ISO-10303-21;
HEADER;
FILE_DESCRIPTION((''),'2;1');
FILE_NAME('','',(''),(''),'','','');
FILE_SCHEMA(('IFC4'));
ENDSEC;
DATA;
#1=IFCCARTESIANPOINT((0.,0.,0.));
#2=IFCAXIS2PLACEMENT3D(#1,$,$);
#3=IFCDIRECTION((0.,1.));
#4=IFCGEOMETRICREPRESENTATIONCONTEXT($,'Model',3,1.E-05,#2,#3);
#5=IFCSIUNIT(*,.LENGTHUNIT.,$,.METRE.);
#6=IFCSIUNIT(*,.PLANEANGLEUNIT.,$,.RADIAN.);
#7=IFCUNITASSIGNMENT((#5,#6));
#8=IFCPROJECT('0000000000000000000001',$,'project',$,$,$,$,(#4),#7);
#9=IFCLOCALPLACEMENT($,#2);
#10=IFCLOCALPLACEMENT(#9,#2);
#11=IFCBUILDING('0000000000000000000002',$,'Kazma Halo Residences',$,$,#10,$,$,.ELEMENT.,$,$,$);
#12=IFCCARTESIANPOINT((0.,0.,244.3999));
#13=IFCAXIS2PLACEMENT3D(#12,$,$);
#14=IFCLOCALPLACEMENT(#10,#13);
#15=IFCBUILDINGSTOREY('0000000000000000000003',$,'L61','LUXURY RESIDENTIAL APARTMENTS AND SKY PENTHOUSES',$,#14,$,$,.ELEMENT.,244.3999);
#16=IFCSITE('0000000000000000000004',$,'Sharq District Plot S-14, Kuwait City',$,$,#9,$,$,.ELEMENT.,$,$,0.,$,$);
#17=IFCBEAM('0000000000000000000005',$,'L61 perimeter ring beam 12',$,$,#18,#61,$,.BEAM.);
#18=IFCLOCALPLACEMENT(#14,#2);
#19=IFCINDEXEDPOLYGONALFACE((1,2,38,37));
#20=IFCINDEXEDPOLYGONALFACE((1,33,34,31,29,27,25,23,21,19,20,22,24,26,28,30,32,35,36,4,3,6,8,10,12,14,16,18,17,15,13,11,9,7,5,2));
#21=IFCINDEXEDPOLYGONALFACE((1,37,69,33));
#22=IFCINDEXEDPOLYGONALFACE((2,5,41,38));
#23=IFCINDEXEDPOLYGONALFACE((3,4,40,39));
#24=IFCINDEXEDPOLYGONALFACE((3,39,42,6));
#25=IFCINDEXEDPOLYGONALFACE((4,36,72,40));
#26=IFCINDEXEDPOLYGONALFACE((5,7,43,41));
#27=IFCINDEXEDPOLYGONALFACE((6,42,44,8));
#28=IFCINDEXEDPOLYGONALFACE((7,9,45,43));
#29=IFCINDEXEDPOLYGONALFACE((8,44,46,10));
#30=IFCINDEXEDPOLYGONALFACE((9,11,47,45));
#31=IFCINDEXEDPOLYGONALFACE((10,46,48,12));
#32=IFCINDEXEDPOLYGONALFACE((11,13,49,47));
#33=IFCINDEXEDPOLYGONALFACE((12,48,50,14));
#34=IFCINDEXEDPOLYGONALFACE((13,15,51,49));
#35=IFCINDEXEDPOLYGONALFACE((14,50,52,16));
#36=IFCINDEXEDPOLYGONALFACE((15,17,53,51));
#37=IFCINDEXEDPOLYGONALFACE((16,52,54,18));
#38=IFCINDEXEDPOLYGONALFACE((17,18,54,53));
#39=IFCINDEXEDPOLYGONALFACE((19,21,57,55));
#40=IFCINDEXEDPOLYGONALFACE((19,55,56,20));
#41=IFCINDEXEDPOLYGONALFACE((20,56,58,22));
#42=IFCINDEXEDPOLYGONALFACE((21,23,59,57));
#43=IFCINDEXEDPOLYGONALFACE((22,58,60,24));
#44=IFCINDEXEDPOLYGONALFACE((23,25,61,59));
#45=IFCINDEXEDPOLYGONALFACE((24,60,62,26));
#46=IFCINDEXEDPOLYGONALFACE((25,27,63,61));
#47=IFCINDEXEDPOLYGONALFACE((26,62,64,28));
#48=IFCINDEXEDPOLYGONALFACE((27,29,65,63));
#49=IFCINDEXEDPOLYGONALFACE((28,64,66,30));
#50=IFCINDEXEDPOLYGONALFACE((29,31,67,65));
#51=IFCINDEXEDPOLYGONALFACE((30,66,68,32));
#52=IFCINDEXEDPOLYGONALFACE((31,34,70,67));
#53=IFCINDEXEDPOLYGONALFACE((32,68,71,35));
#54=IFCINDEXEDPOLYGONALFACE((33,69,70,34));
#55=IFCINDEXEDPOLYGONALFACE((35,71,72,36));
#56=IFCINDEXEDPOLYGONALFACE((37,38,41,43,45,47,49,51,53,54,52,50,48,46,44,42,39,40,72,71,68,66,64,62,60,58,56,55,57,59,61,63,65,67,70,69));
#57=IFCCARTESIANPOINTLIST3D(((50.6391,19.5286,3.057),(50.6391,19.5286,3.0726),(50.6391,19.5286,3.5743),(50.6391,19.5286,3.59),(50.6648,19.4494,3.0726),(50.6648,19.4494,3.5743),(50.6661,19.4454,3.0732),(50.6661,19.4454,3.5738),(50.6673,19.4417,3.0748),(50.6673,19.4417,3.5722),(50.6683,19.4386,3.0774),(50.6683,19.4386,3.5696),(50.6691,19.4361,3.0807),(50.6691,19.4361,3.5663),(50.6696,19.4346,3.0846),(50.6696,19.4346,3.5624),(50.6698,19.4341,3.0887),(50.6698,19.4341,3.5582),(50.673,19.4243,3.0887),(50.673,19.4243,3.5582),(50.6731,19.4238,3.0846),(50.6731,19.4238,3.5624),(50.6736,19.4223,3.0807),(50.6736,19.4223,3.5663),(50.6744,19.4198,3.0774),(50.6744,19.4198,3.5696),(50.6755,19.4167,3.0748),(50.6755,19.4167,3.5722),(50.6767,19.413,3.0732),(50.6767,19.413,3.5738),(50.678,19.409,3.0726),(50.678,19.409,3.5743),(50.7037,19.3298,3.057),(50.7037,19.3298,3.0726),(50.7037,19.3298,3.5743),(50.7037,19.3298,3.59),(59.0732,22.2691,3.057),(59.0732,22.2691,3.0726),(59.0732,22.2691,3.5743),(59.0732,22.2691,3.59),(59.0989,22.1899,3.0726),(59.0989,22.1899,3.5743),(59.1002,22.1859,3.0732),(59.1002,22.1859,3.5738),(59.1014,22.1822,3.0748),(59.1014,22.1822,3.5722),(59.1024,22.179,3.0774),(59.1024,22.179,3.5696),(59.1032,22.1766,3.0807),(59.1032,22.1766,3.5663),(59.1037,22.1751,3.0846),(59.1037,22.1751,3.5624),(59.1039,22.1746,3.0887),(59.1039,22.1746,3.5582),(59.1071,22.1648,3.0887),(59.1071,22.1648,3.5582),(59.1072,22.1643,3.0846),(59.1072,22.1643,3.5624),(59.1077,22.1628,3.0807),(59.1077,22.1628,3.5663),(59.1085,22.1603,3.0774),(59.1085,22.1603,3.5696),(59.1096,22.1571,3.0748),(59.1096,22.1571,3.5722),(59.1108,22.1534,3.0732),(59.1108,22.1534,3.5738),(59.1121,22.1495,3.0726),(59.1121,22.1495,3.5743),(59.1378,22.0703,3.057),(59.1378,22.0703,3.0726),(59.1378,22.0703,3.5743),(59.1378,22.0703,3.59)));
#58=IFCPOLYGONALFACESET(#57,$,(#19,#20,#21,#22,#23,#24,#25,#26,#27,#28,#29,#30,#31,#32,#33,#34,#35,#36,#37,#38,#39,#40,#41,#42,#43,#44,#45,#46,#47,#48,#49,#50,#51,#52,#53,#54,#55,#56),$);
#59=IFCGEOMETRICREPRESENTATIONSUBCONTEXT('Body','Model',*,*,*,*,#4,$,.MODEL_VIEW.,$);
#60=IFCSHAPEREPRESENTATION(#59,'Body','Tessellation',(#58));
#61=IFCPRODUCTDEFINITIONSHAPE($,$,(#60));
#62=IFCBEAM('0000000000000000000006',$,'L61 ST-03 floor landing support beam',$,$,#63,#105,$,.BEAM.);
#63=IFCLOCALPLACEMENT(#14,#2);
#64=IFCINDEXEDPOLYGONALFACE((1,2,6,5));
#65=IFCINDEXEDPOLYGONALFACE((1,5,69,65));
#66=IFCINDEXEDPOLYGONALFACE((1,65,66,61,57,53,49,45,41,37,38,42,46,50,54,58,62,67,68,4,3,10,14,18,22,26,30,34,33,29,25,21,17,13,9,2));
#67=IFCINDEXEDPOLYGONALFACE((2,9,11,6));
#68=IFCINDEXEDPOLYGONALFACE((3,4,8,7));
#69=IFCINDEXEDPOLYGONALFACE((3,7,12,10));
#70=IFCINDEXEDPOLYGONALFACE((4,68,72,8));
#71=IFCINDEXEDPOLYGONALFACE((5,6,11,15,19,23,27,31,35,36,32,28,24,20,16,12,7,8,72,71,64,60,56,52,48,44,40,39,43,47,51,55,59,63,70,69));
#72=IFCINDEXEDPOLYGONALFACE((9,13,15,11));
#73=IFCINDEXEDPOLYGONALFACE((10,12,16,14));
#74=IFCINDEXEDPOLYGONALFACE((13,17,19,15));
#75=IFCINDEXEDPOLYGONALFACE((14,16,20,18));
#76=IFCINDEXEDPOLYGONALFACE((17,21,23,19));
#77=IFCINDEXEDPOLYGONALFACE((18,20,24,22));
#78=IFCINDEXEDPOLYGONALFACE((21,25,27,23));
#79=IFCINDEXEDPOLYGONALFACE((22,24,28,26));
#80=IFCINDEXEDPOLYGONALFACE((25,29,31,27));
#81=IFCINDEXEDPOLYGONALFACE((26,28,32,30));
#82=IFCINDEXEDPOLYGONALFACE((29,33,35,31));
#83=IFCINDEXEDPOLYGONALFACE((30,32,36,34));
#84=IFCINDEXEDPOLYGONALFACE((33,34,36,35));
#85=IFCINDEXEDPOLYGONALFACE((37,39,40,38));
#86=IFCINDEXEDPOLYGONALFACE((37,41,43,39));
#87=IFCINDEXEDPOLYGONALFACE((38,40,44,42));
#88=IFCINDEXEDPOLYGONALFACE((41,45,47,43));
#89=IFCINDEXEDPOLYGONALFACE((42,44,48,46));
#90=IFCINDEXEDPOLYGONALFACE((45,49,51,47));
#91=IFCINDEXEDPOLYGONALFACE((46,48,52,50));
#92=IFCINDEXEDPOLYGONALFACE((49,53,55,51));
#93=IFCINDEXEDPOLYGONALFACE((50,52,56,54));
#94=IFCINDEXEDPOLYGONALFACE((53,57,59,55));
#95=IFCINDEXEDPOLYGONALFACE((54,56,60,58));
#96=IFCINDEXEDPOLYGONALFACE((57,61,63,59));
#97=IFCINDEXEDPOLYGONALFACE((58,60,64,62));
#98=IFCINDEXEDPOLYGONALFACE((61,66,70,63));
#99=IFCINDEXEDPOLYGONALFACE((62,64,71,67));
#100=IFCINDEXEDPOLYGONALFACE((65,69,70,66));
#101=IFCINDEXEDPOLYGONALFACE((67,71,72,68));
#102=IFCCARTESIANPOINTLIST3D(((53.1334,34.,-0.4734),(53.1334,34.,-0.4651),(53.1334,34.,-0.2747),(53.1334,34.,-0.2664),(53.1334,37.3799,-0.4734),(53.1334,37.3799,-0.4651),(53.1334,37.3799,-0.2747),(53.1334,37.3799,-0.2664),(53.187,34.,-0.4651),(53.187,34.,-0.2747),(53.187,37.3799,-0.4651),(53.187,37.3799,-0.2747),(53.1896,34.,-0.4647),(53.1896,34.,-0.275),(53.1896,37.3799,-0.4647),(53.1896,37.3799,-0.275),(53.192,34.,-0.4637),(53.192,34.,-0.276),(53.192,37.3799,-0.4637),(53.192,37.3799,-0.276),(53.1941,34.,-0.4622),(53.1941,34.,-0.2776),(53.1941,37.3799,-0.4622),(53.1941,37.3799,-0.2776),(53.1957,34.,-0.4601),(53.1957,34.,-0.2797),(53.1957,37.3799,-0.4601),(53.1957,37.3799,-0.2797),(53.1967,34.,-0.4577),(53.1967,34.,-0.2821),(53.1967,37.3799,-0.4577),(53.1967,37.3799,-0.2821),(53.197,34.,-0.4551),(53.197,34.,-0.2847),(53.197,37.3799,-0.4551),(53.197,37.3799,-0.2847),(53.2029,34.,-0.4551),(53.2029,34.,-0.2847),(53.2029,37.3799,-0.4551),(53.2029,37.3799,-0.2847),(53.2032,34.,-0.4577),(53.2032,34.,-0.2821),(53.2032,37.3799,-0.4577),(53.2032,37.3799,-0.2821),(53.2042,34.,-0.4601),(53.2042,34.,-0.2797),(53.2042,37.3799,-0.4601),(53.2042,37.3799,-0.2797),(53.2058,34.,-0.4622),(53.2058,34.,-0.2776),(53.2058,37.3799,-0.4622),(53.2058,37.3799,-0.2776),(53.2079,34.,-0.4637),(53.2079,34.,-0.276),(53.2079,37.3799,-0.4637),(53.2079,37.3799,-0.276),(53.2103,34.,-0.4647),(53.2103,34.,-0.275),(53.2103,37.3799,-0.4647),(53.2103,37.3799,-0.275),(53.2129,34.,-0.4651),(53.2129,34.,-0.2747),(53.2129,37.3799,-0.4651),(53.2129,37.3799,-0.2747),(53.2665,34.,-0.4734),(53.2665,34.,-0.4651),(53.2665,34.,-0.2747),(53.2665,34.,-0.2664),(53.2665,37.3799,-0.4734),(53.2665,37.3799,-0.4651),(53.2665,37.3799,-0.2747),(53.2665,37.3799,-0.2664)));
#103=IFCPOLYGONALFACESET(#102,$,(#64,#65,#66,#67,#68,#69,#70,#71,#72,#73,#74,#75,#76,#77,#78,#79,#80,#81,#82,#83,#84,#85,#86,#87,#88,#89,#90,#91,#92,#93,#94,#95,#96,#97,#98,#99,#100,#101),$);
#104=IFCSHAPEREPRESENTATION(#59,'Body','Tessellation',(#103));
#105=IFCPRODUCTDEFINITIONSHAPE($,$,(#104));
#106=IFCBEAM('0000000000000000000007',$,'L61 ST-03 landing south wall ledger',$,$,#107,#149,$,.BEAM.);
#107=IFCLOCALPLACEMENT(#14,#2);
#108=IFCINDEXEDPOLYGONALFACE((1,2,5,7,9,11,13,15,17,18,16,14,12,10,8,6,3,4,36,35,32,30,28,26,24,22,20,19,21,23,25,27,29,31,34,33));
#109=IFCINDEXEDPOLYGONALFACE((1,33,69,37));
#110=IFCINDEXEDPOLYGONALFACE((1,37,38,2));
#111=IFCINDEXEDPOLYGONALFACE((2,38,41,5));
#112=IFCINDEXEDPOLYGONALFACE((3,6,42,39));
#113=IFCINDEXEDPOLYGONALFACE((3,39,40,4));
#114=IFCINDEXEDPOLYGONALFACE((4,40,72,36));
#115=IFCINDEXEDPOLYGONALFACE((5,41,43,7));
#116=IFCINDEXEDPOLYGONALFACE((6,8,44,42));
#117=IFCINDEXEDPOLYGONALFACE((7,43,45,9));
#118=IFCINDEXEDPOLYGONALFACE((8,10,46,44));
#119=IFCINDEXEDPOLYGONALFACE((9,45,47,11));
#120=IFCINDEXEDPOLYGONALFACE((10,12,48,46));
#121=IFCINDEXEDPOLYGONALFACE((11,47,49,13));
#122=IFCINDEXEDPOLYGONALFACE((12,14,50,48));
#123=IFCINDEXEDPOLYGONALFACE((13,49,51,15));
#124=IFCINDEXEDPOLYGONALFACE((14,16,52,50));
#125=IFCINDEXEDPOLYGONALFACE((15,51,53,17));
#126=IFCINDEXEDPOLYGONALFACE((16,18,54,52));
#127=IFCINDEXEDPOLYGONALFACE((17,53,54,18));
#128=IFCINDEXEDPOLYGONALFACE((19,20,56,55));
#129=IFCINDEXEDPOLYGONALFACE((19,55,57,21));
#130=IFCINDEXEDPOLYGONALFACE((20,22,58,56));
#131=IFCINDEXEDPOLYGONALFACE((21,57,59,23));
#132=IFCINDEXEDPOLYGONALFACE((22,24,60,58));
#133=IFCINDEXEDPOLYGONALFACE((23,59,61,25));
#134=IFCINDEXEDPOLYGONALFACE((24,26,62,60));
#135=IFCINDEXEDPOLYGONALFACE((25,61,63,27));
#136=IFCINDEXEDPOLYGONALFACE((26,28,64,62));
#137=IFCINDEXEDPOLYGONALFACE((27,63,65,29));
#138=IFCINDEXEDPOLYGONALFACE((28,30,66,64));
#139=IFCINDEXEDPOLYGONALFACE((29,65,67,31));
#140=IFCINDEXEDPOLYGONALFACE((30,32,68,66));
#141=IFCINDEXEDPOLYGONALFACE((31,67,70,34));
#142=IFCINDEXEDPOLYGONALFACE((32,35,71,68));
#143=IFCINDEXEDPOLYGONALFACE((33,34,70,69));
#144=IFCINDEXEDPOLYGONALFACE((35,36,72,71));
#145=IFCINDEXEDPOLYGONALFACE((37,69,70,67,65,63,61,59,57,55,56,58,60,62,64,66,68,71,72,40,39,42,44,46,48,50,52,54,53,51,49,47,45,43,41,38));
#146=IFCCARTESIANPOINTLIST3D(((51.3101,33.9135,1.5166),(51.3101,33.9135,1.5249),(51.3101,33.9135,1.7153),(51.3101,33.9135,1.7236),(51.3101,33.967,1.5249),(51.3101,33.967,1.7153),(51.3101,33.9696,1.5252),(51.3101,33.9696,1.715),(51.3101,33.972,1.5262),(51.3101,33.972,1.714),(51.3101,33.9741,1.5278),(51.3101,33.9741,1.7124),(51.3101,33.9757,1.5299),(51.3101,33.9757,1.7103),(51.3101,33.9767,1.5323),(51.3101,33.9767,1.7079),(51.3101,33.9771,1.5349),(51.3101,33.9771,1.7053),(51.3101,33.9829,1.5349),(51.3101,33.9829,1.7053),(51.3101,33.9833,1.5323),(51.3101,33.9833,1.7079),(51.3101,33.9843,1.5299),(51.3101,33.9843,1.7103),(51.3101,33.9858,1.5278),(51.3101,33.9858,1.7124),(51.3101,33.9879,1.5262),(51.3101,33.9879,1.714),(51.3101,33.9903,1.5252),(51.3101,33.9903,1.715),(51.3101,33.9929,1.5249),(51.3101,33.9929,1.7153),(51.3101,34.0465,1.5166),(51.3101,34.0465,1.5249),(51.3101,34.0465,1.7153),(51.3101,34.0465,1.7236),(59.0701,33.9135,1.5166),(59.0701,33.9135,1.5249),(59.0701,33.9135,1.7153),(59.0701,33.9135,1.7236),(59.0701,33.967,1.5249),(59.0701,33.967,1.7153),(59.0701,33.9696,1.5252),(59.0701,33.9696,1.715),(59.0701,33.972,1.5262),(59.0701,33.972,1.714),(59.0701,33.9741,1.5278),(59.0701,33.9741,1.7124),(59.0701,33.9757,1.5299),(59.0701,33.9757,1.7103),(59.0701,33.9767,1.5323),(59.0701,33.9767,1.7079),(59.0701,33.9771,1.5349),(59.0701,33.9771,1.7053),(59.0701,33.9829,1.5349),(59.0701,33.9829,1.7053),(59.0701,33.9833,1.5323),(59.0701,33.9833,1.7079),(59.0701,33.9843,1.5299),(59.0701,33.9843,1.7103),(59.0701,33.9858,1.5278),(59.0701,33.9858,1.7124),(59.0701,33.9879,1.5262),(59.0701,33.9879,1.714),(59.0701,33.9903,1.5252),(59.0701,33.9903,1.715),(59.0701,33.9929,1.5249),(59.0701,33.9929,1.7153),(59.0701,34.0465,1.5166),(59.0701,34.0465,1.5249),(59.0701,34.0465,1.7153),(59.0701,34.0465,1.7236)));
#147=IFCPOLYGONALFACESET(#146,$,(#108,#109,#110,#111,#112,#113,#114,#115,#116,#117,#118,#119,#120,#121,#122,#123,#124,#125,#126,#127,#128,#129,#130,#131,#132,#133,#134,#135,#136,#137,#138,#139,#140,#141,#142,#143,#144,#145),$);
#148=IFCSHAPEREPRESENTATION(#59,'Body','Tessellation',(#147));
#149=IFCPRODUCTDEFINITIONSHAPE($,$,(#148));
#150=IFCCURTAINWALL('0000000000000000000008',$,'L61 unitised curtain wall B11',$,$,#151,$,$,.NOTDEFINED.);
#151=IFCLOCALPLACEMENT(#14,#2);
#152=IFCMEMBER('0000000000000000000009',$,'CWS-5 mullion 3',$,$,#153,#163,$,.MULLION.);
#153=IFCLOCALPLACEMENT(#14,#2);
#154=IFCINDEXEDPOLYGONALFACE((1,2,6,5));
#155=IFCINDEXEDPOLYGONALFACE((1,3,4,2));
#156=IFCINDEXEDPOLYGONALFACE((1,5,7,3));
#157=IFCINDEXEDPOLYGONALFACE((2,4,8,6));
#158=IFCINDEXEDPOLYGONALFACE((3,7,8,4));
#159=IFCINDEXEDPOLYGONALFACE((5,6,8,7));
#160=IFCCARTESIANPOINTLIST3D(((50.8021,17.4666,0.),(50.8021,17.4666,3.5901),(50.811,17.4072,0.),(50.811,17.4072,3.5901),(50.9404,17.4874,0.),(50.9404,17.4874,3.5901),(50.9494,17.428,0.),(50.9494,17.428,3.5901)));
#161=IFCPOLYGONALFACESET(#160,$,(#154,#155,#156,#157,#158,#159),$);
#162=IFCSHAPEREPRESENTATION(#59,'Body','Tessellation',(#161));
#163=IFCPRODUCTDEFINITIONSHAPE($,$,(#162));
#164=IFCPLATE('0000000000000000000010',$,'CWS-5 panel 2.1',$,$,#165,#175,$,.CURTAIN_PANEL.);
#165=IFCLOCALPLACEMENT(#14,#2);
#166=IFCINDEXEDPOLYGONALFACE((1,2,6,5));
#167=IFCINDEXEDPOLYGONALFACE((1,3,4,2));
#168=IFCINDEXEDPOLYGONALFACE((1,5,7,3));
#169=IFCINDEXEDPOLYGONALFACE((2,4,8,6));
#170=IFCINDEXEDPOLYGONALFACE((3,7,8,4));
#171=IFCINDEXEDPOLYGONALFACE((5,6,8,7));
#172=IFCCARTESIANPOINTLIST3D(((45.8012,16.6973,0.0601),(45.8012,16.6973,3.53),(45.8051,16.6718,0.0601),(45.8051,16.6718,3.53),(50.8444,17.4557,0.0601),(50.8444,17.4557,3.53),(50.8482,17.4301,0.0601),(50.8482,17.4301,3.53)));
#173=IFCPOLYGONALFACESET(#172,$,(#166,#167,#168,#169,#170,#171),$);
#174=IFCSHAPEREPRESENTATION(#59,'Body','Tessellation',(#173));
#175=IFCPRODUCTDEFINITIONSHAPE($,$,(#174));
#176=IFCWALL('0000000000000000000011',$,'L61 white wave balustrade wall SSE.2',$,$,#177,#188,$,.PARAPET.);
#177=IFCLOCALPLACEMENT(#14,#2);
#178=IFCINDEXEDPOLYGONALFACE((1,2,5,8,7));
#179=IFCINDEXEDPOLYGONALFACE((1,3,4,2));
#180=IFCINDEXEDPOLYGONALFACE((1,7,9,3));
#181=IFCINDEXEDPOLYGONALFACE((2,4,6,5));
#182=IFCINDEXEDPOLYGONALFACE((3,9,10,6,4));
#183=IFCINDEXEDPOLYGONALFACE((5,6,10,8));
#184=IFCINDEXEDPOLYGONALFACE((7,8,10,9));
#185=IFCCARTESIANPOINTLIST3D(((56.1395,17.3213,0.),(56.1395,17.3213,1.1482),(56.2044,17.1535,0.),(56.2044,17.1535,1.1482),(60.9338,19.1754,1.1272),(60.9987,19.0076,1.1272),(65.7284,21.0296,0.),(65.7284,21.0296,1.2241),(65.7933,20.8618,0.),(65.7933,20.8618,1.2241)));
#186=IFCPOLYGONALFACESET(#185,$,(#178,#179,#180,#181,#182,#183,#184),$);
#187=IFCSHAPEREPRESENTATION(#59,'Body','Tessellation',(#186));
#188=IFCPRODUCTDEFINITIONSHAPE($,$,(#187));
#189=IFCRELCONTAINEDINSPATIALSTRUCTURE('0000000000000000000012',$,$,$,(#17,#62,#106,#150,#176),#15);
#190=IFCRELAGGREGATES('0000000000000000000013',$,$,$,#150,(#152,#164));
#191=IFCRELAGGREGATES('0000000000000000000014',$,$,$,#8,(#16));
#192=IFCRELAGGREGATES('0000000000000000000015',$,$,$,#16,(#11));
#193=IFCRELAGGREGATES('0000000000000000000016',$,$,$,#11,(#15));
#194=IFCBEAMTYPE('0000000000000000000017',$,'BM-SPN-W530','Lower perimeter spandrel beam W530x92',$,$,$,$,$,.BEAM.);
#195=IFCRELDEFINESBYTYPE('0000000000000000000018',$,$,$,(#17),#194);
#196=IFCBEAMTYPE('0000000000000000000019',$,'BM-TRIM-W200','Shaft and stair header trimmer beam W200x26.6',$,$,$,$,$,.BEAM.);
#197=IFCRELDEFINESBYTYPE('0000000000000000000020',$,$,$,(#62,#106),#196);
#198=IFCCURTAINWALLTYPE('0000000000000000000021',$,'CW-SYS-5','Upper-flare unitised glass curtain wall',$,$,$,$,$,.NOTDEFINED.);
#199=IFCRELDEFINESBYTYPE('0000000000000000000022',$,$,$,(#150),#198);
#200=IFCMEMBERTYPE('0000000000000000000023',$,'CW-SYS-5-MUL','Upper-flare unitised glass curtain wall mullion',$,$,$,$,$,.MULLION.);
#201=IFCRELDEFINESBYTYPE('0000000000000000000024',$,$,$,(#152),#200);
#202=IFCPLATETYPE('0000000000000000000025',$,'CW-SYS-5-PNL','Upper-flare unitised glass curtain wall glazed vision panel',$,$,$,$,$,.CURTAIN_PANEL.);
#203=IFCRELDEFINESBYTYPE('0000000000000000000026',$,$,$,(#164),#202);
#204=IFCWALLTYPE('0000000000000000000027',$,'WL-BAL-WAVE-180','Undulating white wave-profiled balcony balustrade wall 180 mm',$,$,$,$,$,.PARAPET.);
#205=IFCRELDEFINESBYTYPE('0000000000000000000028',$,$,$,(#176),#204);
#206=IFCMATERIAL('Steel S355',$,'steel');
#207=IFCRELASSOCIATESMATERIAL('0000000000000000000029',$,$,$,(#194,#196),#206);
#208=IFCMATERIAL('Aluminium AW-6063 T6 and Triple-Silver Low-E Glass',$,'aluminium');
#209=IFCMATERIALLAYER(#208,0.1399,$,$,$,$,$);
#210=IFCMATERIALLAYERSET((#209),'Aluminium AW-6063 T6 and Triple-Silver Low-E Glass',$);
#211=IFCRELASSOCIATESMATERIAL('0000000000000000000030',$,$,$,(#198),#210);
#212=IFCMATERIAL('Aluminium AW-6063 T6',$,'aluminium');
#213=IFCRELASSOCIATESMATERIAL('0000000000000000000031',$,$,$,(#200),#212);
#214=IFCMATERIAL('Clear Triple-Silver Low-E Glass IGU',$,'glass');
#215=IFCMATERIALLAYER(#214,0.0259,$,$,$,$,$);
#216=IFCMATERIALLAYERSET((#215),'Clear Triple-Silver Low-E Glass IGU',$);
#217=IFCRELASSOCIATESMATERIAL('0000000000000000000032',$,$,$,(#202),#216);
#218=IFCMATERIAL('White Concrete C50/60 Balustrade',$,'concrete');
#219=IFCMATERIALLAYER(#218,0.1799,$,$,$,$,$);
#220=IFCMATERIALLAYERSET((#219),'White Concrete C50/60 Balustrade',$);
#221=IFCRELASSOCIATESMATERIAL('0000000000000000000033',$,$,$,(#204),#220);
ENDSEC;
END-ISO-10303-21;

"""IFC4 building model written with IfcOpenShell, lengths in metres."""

from ifc_helpers import new_model, si_unit, direction, frame, origin, origin_2d, place, context, subcontext, project, spatial, polyline, rectangle, i_section, outline, extrude, material, layer, layer_set, material_profile, profile_set, type_object, element, aggregate, save


model = new_model("IFC4")

# Units and contexts
model_context = context("Model", 3, precision=1e-05, world=origin(), true_north=direction((0.0, 1.0)))
body_context = subcontext(model_context, "Body", "Model", "MODEL_VIEW")
ifc_project = project(units=[si_unit("LENGTHUNIT", "METRE"), si_unit("PLANEANGLEUNIT", "RADIAN")], contexts=[model_context])

# Site, building, storey
site_placement = place(None, origin())
site = spatial("IfcSite", under=ifc_project, at=site_placement, Name="Sharq District Plot S-14, Kuwait City", CompositionType="ELEMENT", RefElevation=0.0)
building_placement = place(site_placement, origin())
building = spatial("IfcBuilding", under=site, at=building_placement, Name="Kazma Halo Residences", CompositionType="ELEMENT")
storey_placement = place(building_placement, frame((0.0, 0.0, 244.3999)))
storey = spatial("IfcBuildingStorey", under=building, at=storey_placement, Name="L61", Description="LUXURY RESIDENTIAL APARTMENTS AND SKY PENTHOUSES", CompositionType="ELEMENT", Elevation=244.3999)

# Beams
ifc_material_1 = material(Name="Steel S355", Category="steel")
ifc_material_profile_1 = material_profile(ifc_material_1, i_section(OverallWidth=0.209, OverallDepth=0.533, WebThickness=0.0103, FlangeThickness=0.0156, FilletRadius=0.0161, at=origin_2d()), Name="W530x92")
ifc_profile_set_1 = profile_set([ifc_material_profile_1], Name="Steel S355")
beam_type_1 = type_object("IfcBeamType", Name="BM-SPN-W530", Description="Lower perimeter spandrel beam W530x92", PredefinedType="BEAM", material=ifc_profile_set_1)
beam_1_placement = place(storey_placement, frame((50.6714, 19.4292, 3.3235), z_axis=(0.951054, 0.309025, 0.0), x_axis=(-0.309025, 0.951054, 0.0)))
element("IfcBeam", 1, at=beam_1_placement, inside=storey, type_object=beam_type_1, Name="L61 perimeter ring beam 12", PredefinedType="BEAM", context=body_context, shape_type="SweptSolid", body=[
    extrude(i_section(OverallWidth=0.209, OverallDepth=0.533, WebThickness=0.0103, FlangeThickness=0.0156, FilletRadius=0.0161, at=origin_2d()), origin(), (0.0, 0.0, 1.0), 8.8682),
])
ifc_material_profile_2 = material_profile(ifc_material_1, i_section(OverallWidth=0.1331, OverallDepth=0.207, WebThickness=0.0059, FlangeThickness=0.0083, FilletRadius=0.01, at=origin_2d()), Name="W200x26.6")
ifc_profile_set_2 = profile_set([ifc_material_profile_2], Name="Steel S355")
beam_type_2 = type_object("IfcBeamType", Name="BM-TRIM-W200", Description="Shaft and stair header trimmer beam W200x26.6", PredefinedType="BEAM", material=ifc_profile_set_2)
beam_2_placement = place(storey_placement, frame((53.2, 34.0, -0.3699), z_axis=(0.0, 1.0, 0.0), x_axis=(-1.0, 0.0, 0.0)))
element("IfcBeam", 2, at=beam_2_placement, inside=storey, type_object=beam_type_2, Name="L61 ST-03 floor landing support beam", PredefinedType="BEAM", context=body_context, shape_type="SweptSolid", body=[
    extrude(i_section(OverallWidth=0.1331, OverallDepth=0.207, WebThickness=0.0059, FlangeThickness=0.0083, FilletRadius=0.01, at=origin_2d()), origin(), (0.0, 0.0, 1.0), 3.3799),
])
beam_3_placement = place(storey_placement, frame((51.3101, 33.98, 1.6201), z_axis=(1.0, 0.0, 0.0), x_axis=(0.0, 1.0, 0.0)))
element("IfcBeam", 3, at=beam_3_placement, inside=storey, type_object=beam_type_2, Name="L61 ST-03 landing south wall ledger", PredefinedType="BEAM", context=body_context, shape_type="SweptSolid", body=[
    extrude(i_section(OverallWidth=0.1331, OverallDepth=0.207, WebThickness=0.0059, FlangeThickness=0.0083, FilletRadius=0.01, at=origin_2d()), origin(), (0.0, 0.0, 1.0), 7.76),
])

# Curtain wall, member, plate
ifc_material_2 = material(Name="Aluminium AW-6063 T6 and Triple-Silver Low-E Glass", Category="aluminium")
ifc_layer_1 = layer(ifc_material_2, 0.1399)
ifc_layer_set_1 = layer_set([ifc_layer_1], Name="Aluminium AW-6063 T6 and Triple-Silver Low-E Glass")
curtain_wall_type = type_object("IfcCurtainWallType", Name="CW-SYS-5", Description="Upper-flare unitised glass curtain wall", PredefinedType="NOTDEFINED", material=ifc_layer_set_1)
curtain_wall_placement = place(storey_placement, origin())
curtain_wall = element("IfcCurtainWall", 4, at=curtain_wall_placement, inside=storey, type_object=curtain_wall_type, Name="L61 unitised curtain wall B11", PredefinedType="NOTDEFINED")
ifc_material_3 = material(Name="Aluminium AW-6063 T6", Category="aluminium")
ifc_material_profile_3 = material_profile(ifc_material_3, rectangle(XDim=0.0601, YDim=0.1399, at=origin_2d()), Name="CWM-60x140")
ifc_profile_set_3 = profile_set([ifc_material_profile_3], Name="Aluminium AW-6063 T6")
member_type = type_object("IfcMemberType", Name="CW-SYS-5-MUL", Description="Upper-flare unitised glass curtain wall mullion", PredefinedType="MULLION", material=ifc_profile_set_3)
member_placement = place(storey_placement, frame((50.8757, 17.4473, 0.0), z_axis=(0.0, 0.0, 1.0), x_axis=(-0.148697, 0.988883, 0.0)))
member = element("IfcMember", 5, at=member_placement, type_object=member_type, Name="CWS-5 mullion 3", PredefinedType="MULLION", context=body_context, shape_type="SweptSolid", body=[
    extrude(rectangle(XDim=0.0601, YDim=0.1399, at=origin_2d()), origin(), (0.0, 0.0, 1.0), 3.5901),
])
ifc_material_4 = material(Name="Clear Triple-Silver Low-E Glass IGU", Category="glass")
ifc_layer_2 = layer(ifc_material_4, 0.0259)
ifc_layer_set_2 = layer_set([ifc_layer_2], Name="Clear Triple-Silver Low-E Glass IGU")
plate_type = type_object("IfcPlateType", Name="CW-SYS-5-PNL", Description="Upper-flare unitised glass curtain wall glazed vision panel", PredefinedType="CURTAIN_PANEL", material=ifc_layer_set_2)
plate_placement = place(storey_placement, frame((48.3247, 17.0637, 0.0601), z_axis=(0.0, 0.0, 1.0), x_axis=(0.988883, 0.148697, 0.0)))
plate = element("IfcPlate", 6, at=plate_placement, type_object=plate_type, Name="CWS-5 panel 2.1", PredefinedType="CURTAIN_PANEL", context=body_context, shape_type="SweptSolid", body=[
    extrude(rectangle(XDim=5.0999, YDim=0.0259, at=origin_2d()), origin(), (0.0, 0.0, 1.0), 3.47),
])
aggregate(curtain_wall, [member, plate])

# Wall
ifc_material_5 = material(Name="White Concrete C50/60 Balustrade", Category="concrete")
ifc_layer_3 = layer(ifc_material_5, 0.1799)
ifc_layer_set_3 = layer_set([ifc_layer_3], Name="White Concrete C50/60 Balustrade")
wall_type_1 = type_object("IfcWallType", Name="WL-BAL-WAVE-180", Description="Undulating white wave-profiled balcony balustrade wall 180 mm", PredefinedType="PARAPET", material=ifc_layer_set_3)
wall_1_placement = place(storey_placement, frame((56.1719, 17.2375, 0.0), z_axis=(0.0, 0.0, 1.0), x_axis=(0.932685, 0.360692, 0.0)))
element("IfcWall", 7, at=wall_1_placement, inside=storey, type_object=wall_type_1, Name="L61 white wave balustrade wall SSE.2", PredefinedType="PARAPET", context=body_context, shape_type="SweptSolid", body=[
    extrude(outline(polyline([(0.0, 0.0), (10.281, 0.0), (10.281, 1.2241), (5.1404, 1.1272), (0.0, 1.1482), (0.0, 0.0)])), frame((0.0, 0.0898, 0.0), z_axis=(0.0, -1.0, 0.0), x_axis=(1.0, 0.0, 0.0)), (0.0, 0.0, 1.0), 0.1799),
])

save(model, "model.ifc")
